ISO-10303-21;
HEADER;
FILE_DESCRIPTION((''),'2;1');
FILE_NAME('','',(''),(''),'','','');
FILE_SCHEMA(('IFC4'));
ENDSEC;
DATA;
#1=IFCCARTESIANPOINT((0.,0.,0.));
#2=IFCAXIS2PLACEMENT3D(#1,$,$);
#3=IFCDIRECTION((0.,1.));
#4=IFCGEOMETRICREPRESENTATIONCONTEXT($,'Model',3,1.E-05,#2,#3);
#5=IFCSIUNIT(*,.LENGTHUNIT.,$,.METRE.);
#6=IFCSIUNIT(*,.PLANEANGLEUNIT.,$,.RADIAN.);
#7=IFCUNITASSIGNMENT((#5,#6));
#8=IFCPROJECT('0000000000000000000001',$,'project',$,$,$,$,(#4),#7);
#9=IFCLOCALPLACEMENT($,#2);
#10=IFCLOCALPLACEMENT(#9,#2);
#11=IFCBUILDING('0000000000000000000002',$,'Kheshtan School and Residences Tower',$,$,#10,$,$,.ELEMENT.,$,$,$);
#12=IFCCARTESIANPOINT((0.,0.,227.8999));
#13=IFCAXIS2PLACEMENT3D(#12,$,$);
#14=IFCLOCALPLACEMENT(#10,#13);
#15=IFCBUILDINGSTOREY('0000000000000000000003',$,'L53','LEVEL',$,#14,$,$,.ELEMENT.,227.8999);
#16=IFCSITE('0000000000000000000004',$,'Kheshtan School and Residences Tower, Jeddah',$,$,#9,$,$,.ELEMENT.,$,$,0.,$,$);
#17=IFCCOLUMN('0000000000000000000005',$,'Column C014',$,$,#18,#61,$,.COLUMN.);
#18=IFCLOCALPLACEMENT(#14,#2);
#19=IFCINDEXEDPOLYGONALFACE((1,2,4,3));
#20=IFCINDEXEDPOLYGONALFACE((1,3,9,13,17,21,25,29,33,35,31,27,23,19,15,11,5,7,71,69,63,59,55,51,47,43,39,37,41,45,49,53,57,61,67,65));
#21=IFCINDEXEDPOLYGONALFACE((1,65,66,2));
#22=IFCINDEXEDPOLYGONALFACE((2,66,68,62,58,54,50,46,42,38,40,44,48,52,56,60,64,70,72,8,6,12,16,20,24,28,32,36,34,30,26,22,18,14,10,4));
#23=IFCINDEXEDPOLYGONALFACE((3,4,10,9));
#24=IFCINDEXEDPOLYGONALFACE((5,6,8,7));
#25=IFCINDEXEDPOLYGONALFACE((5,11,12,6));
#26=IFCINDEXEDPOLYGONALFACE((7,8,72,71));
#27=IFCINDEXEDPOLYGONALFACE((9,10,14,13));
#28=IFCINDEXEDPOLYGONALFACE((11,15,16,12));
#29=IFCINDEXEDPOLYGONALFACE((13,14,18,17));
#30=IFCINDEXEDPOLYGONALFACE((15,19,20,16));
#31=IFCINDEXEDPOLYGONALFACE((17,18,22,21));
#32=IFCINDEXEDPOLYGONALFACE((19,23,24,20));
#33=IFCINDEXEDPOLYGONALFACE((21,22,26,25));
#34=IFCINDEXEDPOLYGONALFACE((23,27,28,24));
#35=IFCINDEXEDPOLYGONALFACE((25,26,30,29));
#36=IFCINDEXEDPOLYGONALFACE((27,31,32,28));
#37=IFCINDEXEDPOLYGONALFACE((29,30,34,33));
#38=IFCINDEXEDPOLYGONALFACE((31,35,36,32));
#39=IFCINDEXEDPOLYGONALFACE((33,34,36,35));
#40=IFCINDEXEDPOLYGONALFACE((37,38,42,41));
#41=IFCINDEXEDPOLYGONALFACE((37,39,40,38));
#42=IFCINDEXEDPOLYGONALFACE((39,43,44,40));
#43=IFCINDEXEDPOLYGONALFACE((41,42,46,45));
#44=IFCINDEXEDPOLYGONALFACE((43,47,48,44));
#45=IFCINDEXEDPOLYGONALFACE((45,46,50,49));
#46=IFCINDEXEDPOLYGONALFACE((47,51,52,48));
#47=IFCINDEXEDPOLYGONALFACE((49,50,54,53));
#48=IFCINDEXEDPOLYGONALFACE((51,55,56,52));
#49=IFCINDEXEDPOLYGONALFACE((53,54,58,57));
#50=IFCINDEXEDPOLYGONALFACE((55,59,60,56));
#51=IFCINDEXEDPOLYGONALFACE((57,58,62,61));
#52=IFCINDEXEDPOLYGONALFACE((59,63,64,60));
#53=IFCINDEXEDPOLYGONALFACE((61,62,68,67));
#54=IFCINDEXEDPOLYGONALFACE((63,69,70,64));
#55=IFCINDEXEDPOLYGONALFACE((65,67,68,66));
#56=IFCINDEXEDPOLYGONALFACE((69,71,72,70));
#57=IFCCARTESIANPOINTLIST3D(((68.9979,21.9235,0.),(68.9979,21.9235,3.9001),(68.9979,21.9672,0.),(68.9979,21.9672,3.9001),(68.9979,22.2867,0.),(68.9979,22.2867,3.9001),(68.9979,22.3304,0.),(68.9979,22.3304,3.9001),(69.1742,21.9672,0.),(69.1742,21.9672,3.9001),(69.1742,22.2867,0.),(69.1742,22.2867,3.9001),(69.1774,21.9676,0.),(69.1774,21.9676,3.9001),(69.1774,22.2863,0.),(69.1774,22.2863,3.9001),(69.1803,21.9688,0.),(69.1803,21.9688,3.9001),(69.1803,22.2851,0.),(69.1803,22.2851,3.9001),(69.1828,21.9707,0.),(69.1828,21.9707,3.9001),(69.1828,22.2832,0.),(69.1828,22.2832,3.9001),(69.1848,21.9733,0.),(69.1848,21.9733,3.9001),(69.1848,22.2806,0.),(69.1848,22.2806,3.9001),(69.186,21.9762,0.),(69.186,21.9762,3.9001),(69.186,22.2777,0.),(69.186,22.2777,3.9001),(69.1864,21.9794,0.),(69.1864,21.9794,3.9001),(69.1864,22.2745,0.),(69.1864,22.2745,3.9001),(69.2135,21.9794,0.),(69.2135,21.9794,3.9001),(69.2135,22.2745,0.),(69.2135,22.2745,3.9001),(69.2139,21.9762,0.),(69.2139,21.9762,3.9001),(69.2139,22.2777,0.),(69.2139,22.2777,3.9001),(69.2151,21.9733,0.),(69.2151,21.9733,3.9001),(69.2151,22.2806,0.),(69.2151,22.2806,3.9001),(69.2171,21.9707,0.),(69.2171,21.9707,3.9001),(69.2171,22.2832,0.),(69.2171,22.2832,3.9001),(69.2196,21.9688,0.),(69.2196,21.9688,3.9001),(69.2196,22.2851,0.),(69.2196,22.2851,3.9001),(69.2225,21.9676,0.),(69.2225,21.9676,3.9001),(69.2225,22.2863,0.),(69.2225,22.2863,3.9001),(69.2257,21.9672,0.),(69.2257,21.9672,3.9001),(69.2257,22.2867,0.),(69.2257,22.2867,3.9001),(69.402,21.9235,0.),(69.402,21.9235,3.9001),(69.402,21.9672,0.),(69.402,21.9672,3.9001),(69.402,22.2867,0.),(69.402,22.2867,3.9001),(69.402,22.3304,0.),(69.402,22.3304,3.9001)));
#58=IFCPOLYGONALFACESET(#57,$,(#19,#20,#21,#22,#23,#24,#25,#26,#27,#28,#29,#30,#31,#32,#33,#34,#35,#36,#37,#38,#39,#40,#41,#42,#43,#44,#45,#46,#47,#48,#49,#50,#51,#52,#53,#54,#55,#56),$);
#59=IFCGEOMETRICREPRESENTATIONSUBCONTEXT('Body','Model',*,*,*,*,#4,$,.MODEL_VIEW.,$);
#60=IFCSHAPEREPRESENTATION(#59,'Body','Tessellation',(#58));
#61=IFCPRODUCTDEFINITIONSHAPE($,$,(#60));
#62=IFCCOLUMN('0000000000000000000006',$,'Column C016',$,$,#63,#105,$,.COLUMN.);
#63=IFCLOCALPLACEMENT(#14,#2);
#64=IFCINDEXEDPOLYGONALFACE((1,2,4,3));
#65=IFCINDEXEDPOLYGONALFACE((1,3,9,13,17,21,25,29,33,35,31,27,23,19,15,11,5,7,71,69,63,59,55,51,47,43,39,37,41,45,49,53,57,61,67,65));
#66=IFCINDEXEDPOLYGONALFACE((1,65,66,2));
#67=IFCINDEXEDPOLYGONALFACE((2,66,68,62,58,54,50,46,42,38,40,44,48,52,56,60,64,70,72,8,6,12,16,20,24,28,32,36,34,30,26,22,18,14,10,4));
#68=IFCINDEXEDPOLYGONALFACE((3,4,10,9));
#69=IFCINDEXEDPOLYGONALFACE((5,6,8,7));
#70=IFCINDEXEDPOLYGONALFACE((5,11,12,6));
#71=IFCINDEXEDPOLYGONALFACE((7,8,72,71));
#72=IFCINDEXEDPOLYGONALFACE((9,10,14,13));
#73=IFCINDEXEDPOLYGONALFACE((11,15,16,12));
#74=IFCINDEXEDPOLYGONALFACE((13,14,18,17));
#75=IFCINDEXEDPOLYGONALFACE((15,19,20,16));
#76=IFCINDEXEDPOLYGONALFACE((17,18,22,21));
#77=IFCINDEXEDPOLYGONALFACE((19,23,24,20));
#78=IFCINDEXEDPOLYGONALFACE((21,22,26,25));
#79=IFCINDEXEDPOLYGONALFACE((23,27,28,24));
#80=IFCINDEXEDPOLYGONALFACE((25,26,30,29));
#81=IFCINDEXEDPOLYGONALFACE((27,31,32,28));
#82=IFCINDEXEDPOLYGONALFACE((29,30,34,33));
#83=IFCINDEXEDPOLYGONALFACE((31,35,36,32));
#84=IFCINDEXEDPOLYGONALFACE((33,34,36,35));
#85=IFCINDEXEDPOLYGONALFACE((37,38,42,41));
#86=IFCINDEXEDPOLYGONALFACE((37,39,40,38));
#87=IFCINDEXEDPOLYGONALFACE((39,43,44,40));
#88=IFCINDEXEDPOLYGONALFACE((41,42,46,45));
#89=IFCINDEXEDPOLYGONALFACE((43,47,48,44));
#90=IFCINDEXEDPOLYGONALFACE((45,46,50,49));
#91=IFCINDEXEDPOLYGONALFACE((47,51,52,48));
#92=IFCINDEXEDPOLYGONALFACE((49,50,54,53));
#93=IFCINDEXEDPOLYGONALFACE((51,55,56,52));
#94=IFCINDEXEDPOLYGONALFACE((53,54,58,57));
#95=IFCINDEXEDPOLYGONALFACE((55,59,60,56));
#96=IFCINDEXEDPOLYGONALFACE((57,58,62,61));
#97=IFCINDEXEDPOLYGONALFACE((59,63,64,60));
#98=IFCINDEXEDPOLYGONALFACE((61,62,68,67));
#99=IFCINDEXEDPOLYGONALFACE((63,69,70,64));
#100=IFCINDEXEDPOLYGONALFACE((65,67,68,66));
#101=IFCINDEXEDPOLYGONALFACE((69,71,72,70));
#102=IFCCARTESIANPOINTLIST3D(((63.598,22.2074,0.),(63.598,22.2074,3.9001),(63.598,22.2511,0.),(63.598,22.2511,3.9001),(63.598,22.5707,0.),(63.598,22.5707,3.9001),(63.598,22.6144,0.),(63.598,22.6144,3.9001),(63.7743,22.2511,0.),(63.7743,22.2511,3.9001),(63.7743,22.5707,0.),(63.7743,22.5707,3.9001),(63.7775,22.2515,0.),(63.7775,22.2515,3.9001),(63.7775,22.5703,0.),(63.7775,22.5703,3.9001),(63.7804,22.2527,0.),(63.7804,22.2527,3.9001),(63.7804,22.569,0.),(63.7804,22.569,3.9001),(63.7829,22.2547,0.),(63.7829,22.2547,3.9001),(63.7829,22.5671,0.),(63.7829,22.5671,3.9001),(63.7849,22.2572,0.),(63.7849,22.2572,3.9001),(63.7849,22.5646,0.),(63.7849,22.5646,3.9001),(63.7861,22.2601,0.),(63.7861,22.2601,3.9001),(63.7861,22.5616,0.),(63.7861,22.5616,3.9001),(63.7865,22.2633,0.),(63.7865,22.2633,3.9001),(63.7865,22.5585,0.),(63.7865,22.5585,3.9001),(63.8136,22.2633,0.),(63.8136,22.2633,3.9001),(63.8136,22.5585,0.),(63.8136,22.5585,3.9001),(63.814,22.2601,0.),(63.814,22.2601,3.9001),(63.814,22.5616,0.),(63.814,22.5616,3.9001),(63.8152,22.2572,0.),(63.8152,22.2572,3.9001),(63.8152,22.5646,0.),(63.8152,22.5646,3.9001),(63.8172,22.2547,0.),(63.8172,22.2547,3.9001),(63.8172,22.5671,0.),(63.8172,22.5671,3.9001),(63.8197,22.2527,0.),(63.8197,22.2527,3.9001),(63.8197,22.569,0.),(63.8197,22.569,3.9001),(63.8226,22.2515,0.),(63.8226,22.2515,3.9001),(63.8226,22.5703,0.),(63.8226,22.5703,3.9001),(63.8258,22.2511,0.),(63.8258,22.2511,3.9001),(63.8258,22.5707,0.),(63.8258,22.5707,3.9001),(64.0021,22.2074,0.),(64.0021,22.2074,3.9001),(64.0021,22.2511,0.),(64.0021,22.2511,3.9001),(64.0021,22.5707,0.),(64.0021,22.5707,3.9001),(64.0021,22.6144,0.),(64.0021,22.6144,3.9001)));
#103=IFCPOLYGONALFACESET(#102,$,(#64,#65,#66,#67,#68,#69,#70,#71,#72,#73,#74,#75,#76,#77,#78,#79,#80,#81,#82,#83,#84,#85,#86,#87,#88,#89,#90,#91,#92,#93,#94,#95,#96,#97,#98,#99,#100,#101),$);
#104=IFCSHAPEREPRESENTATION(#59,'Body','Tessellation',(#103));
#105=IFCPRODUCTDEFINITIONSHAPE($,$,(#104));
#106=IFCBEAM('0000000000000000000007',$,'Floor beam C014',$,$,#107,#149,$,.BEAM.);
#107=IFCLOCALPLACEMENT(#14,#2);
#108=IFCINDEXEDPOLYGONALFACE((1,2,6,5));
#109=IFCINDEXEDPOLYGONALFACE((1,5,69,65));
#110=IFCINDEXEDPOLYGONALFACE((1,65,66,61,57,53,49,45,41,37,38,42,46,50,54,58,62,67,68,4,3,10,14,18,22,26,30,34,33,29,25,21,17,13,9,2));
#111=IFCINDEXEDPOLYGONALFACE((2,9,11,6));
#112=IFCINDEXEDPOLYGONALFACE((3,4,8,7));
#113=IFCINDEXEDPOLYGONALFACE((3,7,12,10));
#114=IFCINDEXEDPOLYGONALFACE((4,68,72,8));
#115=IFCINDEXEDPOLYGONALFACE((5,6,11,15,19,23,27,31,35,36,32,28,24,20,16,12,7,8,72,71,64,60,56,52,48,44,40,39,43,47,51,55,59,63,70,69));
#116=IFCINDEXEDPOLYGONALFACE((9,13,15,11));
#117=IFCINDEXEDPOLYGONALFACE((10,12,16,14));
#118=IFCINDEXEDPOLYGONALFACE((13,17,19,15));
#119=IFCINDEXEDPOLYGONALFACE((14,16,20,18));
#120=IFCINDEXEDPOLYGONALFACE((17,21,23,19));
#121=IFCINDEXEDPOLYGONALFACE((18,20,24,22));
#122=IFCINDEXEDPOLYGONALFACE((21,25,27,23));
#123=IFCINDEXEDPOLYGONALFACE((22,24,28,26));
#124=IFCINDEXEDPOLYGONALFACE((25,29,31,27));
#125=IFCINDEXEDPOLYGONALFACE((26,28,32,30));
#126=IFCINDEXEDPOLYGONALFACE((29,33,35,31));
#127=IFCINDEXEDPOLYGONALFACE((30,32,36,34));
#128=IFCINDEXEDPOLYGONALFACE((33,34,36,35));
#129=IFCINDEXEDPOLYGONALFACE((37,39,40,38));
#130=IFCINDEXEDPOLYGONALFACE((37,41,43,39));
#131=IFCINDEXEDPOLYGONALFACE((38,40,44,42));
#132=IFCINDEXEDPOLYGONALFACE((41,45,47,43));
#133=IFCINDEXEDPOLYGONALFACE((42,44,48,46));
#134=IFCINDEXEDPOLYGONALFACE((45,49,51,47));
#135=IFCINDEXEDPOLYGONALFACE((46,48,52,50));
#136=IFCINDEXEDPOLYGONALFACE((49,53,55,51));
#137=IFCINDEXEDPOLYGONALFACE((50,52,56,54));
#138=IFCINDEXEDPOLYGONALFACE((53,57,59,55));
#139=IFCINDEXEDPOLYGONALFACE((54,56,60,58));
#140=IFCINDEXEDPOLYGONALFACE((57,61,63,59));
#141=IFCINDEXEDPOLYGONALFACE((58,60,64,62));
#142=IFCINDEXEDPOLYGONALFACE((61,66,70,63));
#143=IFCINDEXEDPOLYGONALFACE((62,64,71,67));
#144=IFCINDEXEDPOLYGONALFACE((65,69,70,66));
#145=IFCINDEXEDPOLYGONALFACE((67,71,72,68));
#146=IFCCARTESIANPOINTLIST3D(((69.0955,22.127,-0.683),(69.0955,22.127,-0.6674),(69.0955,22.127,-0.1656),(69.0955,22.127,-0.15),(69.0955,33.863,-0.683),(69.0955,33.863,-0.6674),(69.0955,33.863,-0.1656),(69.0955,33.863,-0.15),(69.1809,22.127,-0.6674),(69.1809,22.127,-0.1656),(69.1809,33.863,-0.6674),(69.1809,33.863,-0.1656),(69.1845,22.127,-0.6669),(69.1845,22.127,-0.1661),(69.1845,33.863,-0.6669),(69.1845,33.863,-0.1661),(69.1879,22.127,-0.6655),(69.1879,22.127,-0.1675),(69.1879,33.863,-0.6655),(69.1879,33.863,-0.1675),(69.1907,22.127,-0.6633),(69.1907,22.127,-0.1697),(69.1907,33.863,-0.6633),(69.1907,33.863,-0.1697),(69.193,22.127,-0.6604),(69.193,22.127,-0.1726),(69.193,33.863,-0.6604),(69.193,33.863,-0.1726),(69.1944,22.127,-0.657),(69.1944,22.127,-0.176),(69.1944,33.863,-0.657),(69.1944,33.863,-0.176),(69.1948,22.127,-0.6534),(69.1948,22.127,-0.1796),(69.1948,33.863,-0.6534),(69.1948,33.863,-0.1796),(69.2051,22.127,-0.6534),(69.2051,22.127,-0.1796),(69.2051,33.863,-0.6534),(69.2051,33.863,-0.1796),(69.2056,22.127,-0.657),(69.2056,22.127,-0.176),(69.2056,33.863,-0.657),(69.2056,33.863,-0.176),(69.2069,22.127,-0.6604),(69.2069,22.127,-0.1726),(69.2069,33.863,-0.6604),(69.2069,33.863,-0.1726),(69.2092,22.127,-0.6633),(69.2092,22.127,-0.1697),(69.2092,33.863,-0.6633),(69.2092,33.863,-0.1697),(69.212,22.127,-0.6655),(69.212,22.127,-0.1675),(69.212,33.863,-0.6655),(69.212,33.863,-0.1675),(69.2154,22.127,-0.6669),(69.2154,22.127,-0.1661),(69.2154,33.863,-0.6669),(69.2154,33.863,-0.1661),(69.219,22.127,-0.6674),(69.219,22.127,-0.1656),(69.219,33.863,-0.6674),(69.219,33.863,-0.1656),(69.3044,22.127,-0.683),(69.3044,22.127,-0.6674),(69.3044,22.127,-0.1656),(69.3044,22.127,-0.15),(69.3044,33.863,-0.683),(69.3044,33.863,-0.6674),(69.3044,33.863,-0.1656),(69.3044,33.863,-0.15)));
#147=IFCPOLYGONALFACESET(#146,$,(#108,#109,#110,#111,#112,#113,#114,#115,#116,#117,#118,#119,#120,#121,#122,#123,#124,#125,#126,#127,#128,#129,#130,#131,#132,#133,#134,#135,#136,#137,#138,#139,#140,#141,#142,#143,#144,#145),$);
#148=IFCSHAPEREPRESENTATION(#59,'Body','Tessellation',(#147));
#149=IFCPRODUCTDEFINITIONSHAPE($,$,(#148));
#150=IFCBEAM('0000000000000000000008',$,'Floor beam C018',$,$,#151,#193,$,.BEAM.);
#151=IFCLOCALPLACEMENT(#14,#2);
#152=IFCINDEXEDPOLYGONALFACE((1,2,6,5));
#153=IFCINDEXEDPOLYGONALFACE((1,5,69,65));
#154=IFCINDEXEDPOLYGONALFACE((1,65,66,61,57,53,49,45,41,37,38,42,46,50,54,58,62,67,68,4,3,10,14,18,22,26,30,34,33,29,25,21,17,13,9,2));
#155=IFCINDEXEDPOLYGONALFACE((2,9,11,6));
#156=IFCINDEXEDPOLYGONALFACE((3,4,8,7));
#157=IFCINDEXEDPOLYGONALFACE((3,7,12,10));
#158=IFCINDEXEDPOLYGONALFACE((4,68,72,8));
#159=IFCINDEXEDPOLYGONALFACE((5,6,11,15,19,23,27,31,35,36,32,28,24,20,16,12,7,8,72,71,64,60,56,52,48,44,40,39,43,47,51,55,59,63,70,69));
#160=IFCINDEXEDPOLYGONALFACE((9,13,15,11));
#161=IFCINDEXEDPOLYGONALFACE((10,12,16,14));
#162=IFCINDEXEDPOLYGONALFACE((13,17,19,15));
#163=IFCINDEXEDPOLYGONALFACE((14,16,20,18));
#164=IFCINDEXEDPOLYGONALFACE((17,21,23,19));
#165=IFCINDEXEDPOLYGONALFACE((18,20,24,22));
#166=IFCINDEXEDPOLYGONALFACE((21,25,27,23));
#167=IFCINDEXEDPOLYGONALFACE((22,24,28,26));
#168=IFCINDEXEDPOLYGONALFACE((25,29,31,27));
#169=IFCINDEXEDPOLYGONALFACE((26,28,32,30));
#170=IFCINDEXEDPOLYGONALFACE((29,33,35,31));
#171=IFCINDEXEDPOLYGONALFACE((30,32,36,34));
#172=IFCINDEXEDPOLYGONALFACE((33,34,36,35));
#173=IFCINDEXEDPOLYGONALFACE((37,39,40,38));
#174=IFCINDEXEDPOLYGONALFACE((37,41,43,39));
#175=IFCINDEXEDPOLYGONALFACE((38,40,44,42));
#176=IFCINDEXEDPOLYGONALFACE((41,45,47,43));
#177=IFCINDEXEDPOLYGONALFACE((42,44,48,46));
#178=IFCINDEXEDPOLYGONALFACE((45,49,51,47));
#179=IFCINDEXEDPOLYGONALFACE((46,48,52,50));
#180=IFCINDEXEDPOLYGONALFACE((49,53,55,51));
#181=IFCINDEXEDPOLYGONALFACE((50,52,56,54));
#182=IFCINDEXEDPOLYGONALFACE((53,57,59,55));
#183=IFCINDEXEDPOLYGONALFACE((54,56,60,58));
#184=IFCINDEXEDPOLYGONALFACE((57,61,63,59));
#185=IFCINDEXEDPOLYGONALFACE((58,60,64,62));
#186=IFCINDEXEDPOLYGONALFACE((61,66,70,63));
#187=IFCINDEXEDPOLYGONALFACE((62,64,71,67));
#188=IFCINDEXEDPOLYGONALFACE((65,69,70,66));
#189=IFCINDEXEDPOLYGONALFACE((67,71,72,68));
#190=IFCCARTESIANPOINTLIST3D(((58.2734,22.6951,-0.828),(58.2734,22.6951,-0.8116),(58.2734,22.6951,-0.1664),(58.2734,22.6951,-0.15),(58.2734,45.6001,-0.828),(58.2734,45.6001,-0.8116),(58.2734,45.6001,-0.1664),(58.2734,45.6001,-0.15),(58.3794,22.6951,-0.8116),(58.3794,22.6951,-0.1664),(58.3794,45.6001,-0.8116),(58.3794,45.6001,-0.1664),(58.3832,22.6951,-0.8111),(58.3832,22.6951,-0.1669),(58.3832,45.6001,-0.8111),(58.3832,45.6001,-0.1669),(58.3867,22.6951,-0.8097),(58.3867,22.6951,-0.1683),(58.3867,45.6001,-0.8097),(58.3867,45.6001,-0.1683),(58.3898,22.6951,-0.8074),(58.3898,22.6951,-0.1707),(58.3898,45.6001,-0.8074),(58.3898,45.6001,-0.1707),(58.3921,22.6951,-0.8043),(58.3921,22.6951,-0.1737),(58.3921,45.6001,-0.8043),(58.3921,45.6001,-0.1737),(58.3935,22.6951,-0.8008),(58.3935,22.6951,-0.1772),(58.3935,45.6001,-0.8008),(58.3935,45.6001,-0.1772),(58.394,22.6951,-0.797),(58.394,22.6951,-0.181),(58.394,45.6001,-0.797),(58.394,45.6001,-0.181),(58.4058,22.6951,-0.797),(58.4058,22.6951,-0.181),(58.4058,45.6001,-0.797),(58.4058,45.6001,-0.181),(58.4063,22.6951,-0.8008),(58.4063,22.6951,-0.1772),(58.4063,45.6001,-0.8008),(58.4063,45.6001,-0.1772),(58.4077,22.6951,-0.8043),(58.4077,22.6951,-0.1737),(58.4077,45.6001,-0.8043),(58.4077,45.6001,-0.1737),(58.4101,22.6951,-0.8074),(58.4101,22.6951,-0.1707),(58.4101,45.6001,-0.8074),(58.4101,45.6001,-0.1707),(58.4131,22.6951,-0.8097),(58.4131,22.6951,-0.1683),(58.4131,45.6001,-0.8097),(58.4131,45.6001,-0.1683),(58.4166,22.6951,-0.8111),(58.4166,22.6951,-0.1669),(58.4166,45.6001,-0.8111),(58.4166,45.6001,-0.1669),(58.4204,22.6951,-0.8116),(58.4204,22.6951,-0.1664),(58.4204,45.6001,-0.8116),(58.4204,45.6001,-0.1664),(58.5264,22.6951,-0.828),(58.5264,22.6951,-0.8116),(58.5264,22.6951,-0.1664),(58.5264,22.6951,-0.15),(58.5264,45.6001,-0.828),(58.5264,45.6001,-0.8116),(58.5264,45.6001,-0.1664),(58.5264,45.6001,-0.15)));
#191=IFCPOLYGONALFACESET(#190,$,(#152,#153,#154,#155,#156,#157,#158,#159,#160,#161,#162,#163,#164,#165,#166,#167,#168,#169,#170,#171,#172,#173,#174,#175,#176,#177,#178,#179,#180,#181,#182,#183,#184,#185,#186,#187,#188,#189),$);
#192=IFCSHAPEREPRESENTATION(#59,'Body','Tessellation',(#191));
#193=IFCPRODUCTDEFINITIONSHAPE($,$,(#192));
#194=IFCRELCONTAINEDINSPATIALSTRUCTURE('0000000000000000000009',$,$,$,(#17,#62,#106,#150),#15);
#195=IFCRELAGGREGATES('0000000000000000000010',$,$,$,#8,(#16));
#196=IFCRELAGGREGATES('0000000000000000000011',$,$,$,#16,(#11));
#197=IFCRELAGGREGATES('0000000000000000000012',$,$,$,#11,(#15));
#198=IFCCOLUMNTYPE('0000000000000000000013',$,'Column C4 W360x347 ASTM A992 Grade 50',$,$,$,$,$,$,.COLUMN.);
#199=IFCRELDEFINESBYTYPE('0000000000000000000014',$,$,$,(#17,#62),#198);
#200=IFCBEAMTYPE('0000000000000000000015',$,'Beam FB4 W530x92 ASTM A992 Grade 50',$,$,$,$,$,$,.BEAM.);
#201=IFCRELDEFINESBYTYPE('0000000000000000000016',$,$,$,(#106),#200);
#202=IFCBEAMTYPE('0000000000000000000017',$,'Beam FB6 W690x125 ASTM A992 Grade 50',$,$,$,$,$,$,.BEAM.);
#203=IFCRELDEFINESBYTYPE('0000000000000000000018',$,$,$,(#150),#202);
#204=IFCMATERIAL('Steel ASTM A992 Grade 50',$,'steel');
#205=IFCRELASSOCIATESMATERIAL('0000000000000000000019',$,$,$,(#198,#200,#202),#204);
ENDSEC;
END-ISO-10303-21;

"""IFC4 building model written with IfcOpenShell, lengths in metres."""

from ifc_helpers import new_model, si_unit, direction, frame, origin, origin_2d, place, context, subcontext, project, spatial, i_section, extrude, material, material_profile, profile_set, type_object, element, save


model = new_model("IFC4")

# Units and contexts
model_context = context("Model", 3, precision=1e-05, world=origin(), true_north=direction((0.0, 1.0)))
body_context = subcontext(model_context, "Body", "Model", "MODEL_VIEW")
ifc_project = project(units=[si_unit("LENGTHUNIT", "METRE"), si_unit("PLANEANGLEUNIT", "RADIAN")], contexts=[model_context])

# Site, building, storey
site_placement = place(None, origin())
site = spatial("IfcSite", under=ifc_project, at=site_placement, Name="Kheshtan School and Residences Tower, Jeddah", CompositionType="ELEMENT", RefElevation=0.0)
building_placement = place(site_placement, origin())
building = spatial("IfcBuilding", under=site, at=building_placement, Name="Kheshtan School and Residences Tower", CompositionType="ELEMENT")
storey_placement = place(building_placement, frame((0.0, 0.0, 227.8999)))
storey = spatial("IfcBuildingStorey", under=building, at=storey_placement, Name="L53", Description="LEVEL", CompositionType="ELEMENT", Elevation=227.8999)

# Columns
ifc_material_1 = material(Name="Steel ASTM A992 Grade 50", Category="steel")
ifc_material_profile_1 = material_profile(ifc_material_1, i_section(OverallWidth=0.4041, OverallDepth=0.407, WebThickness=0.0271, FlangeThickness=0.0437, FilletRadius=0.0122, at=origin_2d()), Name="W360x347")
ifc_profile_set_1 = profile_set([ifc_material_profile_1], Name="Steel ASTM A992 Grade 50")
column_type = type_object("IfcColumnType", Name="Column C4 W360x347 ASTM A992 Grade 50", PredefinedType="COLUMN", material=ifc_profile_set_1)
for number, where, z_axis, x_axis, name in (
    (1, (69.2, 22.127, 0.0), (0.0, 0.0, 1.0), (1.0, 0.0, 0.0), "Column C014"),
    (2, (63.8, 22.4109, 0.0), (0.0, 0.0, 1.0), (1.0, 0.0, 0.0), "Column C016"),
):
    element("IfcColumn", number, at=place(storey_placement, frame(where, z_axis=z_axis, x_axis=x_axis)), inside=storey, type_object=column_type, Name=name, PredefinedType="COLUMN", context=body_context, shape_type="SweptSolid", body=[
        extrude(i_section(OverallWidth=0.4041, OverallDepth=0.407, WebThickness=0.0271, FlangeThickness=0.0437, FilletRadius=0.0122, at=origin_2d()), origin(), (0.0, 0.0, 1.0), 3.9001),
    ])

# Beams
ifc_material_profile_2 = material_profile(ifc_material_1, i_section(OverallWidth=0.209, OverallDepth=0.533, WebThickness=0.0103, FlangeThickness=0.0156, FilletRadius=0.0139, at=origin_2d()), Name="W530x92")
ifc_profile_set_2 = profile_set([ifc_material_profile_2], Name="Steel ASTM A992 Grade 50")
beam_type_1 = type_object("IfcBeamType", Name="Beam FB4 W530x92 ASTM A992 Grade 50", PredefinedType="BEAM", material=ifc_profile_set_2)
beam_1_placement = place(storey_placement, frame((69.2, 22.127, -0.4165), z_axis=(0.0, 1.0, 0.0), x_axis=(-1.0, 0.0, 0.0)))
element("IfcBeam", 3, at=beam_1_placement, inside=storey, type_object=beam_type_1, Name="Floor beam C014", PredefinedType="BEAM", context=body_context, shape_type="SweptSolid", body=[
    extrude(i_section(OverallWidth=0.209, OverallDepth=0.533, WebThickness=0.0103, FlangeThickness=0.0156, FilletRadius=0.0139, at=origin_2d()), origin(), (0.0, 0.0, 1.0), 11.7361),
])
ifc_material_profile_3 = material_profile(ifc_material_1, i_section(OverallWidth=0.2529, OverallDepth=0.678, WebThickness=0.0117, FlangeThickness=0.0164, FilletRadius=0.0146, at=origin_2d()), Name="W690x125")
ifc_profile_set_3 = profile_set([ifc_material_profile_3], Name="Steel ASTM A992 Grade 50")
beam_type_2 = type_object("IfcBeamType", Name="Beam FB6 W690x125 ASTM A992 Grade 50", PredefinedType="BEAM", material=ifc_profile_set_3)
beam_2_placement = place(storey_placement, frame((58.3999, 22.6951, -0.489), z_axis=(0.0, 1.0, 0.0), x_axis=(-1.0, 0.0, 0.0)))
element("IfcBeam", 4, at=beam_2_placement, inside=storey, type_object=beam_type_2, Name="Floor beam C018", PredefinedType="BEAM", context=body_context, shape_type="SweptSolid", body=[
    extrude(i_section(OverallWidth=0.2529, OverallDepth=0.678, WebThickness=0.0117, FlangeThickness=0.0164, FilletRadius=0.0146, at=origin_2d()), origin(), (0.0, 0.0, 1.0), 22.905),
])

save(model, "model.ifc")
